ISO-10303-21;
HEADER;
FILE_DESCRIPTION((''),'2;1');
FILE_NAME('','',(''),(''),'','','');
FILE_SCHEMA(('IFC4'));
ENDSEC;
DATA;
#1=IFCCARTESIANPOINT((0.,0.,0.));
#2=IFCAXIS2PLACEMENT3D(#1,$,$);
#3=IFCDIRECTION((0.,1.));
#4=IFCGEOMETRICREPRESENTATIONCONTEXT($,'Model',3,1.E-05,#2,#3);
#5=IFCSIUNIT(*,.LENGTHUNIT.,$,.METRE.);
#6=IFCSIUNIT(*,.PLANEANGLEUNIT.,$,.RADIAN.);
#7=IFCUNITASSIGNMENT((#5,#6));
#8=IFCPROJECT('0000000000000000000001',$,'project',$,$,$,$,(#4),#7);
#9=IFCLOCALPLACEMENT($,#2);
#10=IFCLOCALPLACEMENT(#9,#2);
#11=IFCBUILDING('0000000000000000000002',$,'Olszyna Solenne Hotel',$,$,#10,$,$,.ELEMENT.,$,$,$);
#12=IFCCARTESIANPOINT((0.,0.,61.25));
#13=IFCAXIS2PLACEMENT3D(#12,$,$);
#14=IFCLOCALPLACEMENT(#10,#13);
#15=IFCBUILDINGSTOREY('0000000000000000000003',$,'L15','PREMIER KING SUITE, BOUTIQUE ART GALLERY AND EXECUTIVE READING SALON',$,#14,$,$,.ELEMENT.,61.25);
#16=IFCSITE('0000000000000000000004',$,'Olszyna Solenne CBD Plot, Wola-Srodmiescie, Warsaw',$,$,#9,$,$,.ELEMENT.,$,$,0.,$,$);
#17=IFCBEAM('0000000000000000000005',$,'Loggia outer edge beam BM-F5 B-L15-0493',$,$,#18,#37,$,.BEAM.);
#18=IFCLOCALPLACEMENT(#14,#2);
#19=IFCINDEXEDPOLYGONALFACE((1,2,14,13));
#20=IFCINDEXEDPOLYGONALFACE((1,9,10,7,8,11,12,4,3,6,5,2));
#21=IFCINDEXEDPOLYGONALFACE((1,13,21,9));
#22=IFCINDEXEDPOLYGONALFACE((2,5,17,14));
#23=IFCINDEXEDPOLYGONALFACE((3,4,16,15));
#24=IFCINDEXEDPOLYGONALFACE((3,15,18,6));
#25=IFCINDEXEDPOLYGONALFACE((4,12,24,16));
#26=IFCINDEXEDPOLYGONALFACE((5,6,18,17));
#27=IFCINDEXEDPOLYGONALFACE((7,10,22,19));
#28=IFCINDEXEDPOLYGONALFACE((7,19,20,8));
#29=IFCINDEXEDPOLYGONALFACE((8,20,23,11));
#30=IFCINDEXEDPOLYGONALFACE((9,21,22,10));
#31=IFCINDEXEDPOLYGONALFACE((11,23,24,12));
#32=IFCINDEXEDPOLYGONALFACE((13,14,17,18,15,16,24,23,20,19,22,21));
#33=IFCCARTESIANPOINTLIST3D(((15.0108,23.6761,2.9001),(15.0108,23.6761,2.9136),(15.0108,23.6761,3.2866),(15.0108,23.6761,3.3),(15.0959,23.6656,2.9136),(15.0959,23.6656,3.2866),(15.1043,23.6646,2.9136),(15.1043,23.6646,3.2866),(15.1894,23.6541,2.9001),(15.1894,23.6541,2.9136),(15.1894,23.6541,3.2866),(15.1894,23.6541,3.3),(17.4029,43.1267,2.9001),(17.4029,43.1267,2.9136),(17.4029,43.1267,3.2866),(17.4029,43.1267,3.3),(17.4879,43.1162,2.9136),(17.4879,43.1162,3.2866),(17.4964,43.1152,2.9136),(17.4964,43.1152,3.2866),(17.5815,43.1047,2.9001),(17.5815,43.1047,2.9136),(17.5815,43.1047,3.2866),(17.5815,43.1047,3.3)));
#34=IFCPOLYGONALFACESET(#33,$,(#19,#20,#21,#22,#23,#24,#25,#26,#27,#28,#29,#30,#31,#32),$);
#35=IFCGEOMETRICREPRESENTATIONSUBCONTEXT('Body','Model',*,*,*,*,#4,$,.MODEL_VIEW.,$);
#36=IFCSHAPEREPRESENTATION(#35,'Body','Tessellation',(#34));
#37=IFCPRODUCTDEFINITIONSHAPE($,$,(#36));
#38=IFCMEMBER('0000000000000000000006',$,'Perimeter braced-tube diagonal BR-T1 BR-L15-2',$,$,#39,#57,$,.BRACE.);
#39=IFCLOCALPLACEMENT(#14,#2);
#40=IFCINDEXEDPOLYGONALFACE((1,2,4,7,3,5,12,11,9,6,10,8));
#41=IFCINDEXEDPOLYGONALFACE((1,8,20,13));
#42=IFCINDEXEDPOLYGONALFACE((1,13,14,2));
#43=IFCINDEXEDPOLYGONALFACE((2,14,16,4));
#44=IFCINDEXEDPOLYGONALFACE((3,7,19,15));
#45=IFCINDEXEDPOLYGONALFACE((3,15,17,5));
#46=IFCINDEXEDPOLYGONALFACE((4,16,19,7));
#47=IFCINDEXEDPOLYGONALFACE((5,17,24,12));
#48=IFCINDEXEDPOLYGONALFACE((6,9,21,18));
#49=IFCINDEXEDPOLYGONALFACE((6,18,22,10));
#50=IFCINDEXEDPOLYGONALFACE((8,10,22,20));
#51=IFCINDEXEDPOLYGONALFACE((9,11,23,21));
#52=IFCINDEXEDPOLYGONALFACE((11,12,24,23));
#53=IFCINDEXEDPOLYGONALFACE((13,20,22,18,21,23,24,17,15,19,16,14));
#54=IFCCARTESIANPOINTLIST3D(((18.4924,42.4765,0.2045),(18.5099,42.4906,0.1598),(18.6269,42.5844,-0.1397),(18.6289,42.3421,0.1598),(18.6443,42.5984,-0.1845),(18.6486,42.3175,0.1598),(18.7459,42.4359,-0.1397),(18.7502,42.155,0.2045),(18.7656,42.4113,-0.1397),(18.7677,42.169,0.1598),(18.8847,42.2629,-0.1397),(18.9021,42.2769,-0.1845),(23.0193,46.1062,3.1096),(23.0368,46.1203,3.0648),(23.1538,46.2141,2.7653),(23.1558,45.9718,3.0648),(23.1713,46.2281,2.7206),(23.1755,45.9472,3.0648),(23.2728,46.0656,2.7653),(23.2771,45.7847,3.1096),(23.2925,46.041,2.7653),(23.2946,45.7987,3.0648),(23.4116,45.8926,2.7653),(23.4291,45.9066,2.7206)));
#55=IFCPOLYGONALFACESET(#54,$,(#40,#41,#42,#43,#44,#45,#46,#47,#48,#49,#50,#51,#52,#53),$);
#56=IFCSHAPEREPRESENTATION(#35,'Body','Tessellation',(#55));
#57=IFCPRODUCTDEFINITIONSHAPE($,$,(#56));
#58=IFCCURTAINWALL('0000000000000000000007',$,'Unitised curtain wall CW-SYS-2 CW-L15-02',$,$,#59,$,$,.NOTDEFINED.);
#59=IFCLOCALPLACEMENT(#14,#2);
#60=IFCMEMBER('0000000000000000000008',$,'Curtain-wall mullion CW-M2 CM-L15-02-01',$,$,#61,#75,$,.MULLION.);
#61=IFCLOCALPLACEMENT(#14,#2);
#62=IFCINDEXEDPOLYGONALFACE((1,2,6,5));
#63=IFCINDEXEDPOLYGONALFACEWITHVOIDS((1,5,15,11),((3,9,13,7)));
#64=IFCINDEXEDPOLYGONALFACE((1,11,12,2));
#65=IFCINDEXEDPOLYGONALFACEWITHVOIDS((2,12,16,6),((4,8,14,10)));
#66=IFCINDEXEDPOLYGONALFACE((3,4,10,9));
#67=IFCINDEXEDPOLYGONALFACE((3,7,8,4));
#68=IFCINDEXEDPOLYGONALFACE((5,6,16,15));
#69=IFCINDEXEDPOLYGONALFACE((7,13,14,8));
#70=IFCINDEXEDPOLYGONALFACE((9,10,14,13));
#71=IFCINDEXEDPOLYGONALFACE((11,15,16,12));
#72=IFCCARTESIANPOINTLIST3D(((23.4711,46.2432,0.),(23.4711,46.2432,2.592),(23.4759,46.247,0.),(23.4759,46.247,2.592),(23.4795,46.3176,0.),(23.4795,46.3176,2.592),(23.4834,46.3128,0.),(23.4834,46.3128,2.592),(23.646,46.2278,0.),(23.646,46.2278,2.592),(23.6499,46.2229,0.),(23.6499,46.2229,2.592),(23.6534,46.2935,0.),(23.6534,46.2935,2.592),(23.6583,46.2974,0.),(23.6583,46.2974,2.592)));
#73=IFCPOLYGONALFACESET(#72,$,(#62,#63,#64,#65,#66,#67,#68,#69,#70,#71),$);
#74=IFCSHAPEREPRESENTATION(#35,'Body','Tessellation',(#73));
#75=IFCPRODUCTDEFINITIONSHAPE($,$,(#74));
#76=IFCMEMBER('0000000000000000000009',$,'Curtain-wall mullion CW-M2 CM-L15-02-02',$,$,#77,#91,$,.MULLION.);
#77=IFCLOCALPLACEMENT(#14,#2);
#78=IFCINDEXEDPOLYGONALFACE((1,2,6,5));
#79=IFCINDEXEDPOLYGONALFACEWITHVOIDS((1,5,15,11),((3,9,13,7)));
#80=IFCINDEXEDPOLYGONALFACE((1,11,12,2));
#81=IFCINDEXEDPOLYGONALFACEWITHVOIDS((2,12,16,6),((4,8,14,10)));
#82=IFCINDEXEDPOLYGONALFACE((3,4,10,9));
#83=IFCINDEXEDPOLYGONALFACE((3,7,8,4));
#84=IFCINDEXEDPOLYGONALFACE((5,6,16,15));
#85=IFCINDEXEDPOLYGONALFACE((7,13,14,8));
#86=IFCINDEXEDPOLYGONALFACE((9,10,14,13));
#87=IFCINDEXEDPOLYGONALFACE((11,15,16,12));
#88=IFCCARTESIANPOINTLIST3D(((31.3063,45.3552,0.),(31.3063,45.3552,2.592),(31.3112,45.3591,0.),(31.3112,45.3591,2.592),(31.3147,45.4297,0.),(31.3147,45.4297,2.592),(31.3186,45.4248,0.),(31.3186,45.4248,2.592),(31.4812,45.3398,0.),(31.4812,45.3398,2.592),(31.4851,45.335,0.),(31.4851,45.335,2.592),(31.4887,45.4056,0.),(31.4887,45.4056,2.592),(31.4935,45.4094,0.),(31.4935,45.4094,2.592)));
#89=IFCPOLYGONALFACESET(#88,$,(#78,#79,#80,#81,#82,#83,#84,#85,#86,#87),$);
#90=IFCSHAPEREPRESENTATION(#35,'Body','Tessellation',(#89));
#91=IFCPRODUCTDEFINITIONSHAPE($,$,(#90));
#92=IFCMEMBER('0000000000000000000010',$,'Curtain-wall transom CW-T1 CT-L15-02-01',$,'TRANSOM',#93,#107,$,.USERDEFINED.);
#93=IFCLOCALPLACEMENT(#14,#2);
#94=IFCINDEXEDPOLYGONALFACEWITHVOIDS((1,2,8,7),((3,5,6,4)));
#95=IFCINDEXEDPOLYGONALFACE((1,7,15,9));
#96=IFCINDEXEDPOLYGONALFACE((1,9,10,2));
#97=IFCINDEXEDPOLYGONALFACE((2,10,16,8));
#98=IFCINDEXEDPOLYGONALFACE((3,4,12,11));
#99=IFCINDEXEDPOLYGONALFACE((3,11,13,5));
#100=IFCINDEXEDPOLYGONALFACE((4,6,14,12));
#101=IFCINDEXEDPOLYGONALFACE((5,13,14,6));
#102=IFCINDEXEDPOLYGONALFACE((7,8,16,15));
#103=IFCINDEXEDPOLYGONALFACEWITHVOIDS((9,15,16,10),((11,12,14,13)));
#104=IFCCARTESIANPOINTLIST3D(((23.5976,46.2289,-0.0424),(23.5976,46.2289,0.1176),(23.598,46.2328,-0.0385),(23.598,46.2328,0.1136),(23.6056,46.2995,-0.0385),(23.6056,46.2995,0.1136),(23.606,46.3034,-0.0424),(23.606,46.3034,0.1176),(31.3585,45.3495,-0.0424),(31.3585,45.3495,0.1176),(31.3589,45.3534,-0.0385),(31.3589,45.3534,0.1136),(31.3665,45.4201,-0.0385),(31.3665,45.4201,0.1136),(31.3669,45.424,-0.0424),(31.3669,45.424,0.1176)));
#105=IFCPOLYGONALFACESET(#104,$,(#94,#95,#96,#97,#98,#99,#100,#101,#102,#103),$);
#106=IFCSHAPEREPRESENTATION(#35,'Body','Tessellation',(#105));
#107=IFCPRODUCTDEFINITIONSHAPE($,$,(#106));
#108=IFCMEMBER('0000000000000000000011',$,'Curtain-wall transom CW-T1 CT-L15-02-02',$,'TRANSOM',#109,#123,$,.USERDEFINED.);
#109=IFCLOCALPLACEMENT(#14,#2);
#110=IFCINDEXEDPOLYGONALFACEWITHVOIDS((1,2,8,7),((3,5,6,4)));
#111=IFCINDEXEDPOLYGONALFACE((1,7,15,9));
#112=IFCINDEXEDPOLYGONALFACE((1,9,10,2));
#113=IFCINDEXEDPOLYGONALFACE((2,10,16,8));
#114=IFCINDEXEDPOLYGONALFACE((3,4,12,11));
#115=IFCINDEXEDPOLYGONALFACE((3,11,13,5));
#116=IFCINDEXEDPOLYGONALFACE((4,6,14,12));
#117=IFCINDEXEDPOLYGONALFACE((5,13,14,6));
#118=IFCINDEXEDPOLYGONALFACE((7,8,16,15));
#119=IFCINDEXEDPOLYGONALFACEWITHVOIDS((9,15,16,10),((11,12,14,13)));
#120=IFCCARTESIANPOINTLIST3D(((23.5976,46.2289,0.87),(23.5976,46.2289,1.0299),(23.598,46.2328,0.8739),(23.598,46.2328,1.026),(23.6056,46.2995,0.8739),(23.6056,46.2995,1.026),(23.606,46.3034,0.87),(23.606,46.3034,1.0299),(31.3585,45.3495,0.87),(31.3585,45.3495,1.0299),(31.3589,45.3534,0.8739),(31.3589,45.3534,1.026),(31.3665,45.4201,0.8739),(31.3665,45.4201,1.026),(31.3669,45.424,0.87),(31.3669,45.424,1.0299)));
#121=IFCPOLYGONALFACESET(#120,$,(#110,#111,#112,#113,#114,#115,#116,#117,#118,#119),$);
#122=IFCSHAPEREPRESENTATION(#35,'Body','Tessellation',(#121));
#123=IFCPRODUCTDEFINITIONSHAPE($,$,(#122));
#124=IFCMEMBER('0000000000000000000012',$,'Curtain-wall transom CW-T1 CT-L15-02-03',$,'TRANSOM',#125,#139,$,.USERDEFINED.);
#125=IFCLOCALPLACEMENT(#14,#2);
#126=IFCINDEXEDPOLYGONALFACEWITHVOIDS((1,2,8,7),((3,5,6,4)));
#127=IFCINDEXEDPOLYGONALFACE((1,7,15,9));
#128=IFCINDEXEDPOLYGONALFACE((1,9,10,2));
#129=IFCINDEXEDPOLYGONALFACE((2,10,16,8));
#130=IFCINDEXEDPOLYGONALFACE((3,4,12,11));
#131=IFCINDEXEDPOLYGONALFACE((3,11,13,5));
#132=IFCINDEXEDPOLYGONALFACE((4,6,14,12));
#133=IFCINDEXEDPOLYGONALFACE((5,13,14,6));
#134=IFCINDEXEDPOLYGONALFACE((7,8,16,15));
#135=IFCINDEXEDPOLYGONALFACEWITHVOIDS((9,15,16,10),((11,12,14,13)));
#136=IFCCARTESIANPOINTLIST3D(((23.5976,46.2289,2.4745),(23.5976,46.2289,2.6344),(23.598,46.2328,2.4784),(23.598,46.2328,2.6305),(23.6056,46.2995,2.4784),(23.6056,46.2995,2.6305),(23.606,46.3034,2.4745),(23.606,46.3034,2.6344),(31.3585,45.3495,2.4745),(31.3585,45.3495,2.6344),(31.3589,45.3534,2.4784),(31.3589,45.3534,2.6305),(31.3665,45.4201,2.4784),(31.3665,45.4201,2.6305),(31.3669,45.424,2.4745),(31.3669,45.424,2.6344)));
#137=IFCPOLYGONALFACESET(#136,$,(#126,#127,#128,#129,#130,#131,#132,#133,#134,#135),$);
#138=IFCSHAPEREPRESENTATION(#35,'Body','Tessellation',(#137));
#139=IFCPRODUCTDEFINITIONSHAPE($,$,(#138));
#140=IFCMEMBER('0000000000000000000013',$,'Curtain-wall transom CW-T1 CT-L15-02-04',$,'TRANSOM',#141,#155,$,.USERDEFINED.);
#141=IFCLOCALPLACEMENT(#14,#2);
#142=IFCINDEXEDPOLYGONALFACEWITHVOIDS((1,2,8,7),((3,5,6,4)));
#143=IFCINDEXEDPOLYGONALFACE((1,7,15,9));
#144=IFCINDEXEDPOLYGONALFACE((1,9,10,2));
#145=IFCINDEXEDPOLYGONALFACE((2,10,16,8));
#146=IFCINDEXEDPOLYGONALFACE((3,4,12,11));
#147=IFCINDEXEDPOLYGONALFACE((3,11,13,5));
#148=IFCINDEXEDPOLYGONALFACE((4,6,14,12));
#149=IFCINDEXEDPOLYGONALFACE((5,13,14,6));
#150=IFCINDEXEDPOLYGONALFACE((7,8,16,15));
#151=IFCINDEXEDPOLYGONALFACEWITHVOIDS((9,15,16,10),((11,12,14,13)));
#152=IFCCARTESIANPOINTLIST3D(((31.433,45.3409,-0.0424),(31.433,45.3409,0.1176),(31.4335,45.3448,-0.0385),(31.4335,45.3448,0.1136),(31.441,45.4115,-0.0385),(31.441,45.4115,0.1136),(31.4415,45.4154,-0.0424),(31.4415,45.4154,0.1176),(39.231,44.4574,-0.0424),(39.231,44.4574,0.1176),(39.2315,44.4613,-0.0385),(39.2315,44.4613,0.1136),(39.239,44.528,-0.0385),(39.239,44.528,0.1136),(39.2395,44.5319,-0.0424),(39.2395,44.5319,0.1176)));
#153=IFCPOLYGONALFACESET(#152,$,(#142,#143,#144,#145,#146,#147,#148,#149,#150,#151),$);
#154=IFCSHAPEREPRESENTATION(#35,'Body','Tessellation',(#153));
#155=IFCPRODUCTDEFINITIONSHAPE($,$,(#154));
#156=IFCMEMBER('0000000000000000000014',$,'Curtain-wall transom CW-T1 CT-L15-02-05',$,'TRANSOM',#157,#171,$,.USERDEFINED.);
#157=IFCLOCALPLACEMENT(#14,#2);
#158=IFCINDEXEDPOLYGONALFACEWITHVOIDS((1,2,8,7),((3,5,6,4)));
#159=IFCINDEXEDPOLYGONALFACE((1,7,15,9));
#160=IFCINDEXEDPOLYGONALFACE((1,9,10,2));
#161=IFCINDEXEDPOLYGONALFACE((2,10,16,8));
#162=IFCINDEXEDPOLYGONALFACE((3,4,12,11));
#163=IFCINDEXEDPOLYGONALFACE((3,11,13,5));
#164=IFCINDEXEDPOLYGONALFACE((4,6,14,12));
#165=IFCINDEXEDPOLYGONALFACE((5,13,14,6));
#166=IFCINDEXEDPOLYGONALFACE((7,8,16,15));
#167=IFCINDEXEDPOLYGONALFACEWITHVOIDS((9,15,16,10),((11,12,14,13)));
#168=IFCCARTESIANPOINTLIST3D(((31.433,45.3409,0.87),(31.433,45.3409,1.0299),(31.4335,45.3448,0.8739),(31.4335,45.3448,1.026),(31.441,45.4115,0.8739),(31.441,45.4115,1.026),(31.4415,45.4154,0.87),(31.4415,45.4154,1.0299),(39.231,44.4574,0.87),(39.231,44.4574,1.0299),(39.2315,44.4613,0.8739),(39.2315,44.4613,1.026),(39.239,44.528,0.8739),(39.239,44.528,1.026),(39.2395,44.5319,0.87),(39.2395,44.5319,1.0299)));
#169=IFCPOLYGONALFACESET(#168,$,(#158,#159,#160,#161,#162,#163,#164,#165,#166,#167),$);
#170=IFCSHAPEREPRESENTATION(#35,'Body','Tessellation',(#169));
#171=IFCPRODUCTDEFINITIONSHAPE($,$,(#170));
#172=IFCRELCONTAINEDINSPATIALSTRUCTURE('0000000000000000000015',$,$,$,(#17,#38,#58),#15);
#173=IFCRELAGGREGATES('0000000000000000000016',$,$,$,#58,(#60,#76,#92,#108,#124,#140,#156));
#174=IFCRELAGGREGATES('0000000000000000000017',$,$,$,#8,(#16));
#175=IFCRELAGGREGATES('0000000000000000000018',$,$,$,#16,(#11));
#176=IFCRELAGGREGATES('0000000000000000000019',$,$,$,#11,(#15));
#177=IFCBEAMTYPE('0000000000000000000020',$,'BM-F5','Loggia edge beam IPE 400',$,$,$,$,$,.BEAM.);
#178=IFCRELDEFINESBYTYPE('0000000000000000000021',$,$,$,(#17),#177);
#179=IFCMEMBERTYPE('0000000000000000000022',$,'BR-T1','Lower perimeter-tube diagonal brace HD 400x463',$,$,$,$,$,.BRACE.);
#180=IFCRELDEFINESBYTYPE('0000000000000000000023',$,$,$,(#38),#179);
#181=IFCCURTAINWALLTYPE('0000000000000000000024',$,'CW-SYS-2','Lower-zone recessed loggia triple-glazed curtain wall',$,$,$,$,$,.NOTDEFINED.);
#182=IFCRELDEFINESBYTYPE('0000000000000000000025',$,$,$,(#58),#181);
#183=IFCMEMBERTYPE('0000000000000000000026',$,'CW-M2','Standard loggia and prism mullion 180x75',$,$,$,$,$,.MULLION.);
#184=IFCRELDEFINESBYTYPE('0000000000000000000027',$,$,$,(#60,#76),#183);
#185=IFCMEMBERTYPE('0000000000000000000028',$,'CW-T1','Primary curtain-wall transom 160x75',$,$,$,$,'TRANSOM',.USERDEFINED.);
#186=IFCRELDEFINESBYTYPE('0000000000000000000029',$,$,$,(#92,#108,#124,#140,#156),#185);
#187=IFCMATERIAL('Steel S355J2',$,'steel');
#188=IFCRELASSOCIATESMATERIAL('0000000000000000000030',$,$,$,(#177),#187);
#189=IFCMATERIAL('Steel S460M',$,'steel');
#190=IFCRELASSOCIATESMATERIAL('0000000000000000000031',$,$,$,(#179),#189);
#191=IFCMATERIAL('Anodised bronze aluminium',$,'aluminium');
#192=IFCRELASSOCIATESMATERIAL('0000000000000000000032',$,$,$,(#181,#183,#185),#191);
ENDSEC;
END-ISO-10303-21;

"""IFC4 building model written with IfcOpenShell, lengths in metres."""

from ifc_helpers import new_model, si_unit, direction, frame, origin, origin_2d, place, context, subcontext, project, spatial, hollow_rectangle, i_section, extrude, source, transform, mapped, material, material_profile, profile_set, type_object, element, aggregate, save


model = new_model("IFC4")

# Units and contexts
model_context = context("Model", 3, precision=1e-05, world=origin(), true_north=direction((0.0, 1.0)))
body_context = subcontext(model_context, "Body", "Model", "MODEL_VIEW")
ifc_project = project(units=[si_unit("LENGTHUNIT", "METRE"), si_unit("PLANEANGLEUNIT", "RADIAN")], contexts=[model_context])

# Site, building, storey
site_placement = place(None, origin())
site = spatial("IfcSite", under=ifc_project, at=site_placement, Name="Olszyna Solenne CBD Plot, Wola-Srodmiescie, Warsaw", CompositionType="ELEMENT", RefElevation=0.0)
building_placement = place(site_placement, origin())
building = spatial("IfcBuilding", under=site, at=building_placement, Name="Olszyna Solenne Hotel", CompositionType="ELEMENT")
storey_placement = place(building_placement, frame((0.0, 0.0, 61.25)))
storey = spatial("IfcBuildingStorey", under=building, at=storey_placement, Name="L15", Description="PREMIER KING SUITE, BOUTIQUE ART GALLERY AND EXECUTIVE READING SALON", CompositionType="ELEMENT", Elevation=61.25)

# Shared definitions
ifc_material_1 = material(Name="Steel S460M", Category="steel")

# Beam
ifc_material_2 = material(Name="Steel S355J2", Category="steel")
ifc_material_profile_1 = material_profile(ifc_material_2, i_section(OverallWidth=0.1799, OverallDepth=0.3999, WebThickness=0.0085, FlangeThickness=0.0134, at=origin_2d()), Name="IPE 400", Category="load-bearing")
ifc_profile_set_1 = profile_set([ifc_material_profile_1], Name="Steel S355J2")
beam_type_1 = type_object("IfcBeamType", Name="BM-F5", Description="Loggia edge beam IPE 400", PredefinedType="BEAM", material=ifc_profile_set_1)
shared_shape_1 = source(origin(), body_context, "Body", "SweptSolid", [
    extrude(i_section(OverallWidth=0.1799, OverallDepth=0.3999, WebThickness=0.0085, FlangeThickness=0.0134, at=origin_2d()), origin(), (0.0, 0.0, 1.0), 19.5972),
])
beam_1_placement = place(storey_placement, frame((17.4922, 43.1157, 3.1001), z_axis=(-0.122063, -0.992522, 0.0), x_axis=(0.992522, -0.122063, 0.0)))
element("IfcBeam", 1, at=beam_1_placement, inside=storey, type_object=beam_type_1, Name="Loggia outer edge beam BM-F5 B-L15-0493", PredefinedType="BEAM", context=body_context, shape_type="MappedRepresentation", body=[
    mapped(shared_shape_1, transform((0.0, 0.0, 0.0), x_axis=(1.0, 0.0, 0.0), y_axis=(0.0, 1.0, 0.0), z_axis=(0.0, 0.0, 1.0), scale=1.0)),
])

# Member
ifc_material_profile_2 = material_profile(ifc_material_1, i_section(OverallWidth=0.4121, OverallDepth=0.4351, WebThickness=0.0315, FlangeThickness=0.05, at=origin_2d()), Name="HD 400x463", Category="load-bearing")
ifc_profile_set_2 = profile_set([ifc_material_profile_2], Name="Steel S460M")
member_type_1 = type_object("IfcMemberType", Name="BR-T1", Description="Lower perimeter-tube diagonal brace HD 400x463", PredefinedType="BRACE", material=ifc_profile_set_2)
shared_shape_2 = source(origin(), body_context, "Body", "SweptSolid", [
    extrude(i_section(OverallWidth=0.4121, OverallDepth=0.4351, WebThickness=0.0315, FlangeThickness=0.05, at=origin_2d()), origin(), (0.0, 0.0, 1.0), 6.489),
])
member_1_placement = place(storey_placement, frame((18.6973, 42.3767, 0.01), z_axis=(0.69763, 0.559361, 0.447692), x_axis=(-0.625552, 0.780183, 0.0)))
element("IfcMember", 2, at=member_1_placement, inside=storey, type_object=member_type_1, Name="Perimeter braced-tube diagonal BR-T1 BR-L15-2", PredefinedType="BRACE", context=body_context, shape_type="MappedRepresentation", body=[
    mapped(shared_shape_2, transform((0.0, 0.0, 0.0), x_axis=(1.0, 0.0, 0.0), y_axis=(0.0, 1.0, 0.0), z_axis=(0.0, 0.0, 1.0), scale=1.0)),
])

# Curtain wall, members
ifc_material_3 = material(Name="Anodised bronze aluminium", Category="aluminium")
curtain_wall_type = type_object("IfcCurtainWallType", Name="CW-SYS-2", Description="Lower-zone recessed loggia triple-glazed curtain wall", PredefinedType="NOTDEFINED", material=ifc_material_3)
curtain_wall_placement = place(storey_placement, origin())
curtain_wall = element("IfcCurtainWall", 3, at=curtain_wall_placement, inside=storey, type_object=curtain_wall_type, Name="Unitised curtain wall CW-SYS-2 CW-L15-02", PredefinedType="NOTDEFINED")
ifc_material_profile_3 = material_profile(ifc_material_3, hollow_rectangle(XDim=0.075, YDim=0.1799, WallThickness=0.0044, at=origin_2d()), Name="MULL 180x75x4.5", Category="load-bearing")
ifc_profile_set_3 = profile_set([ifc_material_profile_3], Name="Anodised bronze aluminium")
member_type_2 = type_object("IfcMemberType", Name="CW-M2", Description="Standard loggia and prism mullion 180x75", PredefinedType="MULLION", material=ifc_profile_set_3)
shared_shape_3 = source(origin(), body_context, "Body", "SweptSolid", [
    extrude(hollow_rectangle(XDim=0.075, YDim=0.1799, WallThickness=0.0044, at=origin_2d()), origin(), (0.0, 0.0, 1.0), 2.592),
])
member_2_placement = place(storey_placement, frame((23.5647, 46.2703, 0.0), z_axis=(0.0, 0.0, 1.0), x_axis=(0.112597, 0.993641, 0.0)))
member_2 = element("IfcMember", 4, at=member_2_placement, type_object=member_type_2, Name="Curtain-wall mullion CW-M2 CM-L15-02-01", PredefinedType="MULLION", context=body_context, shape_type="MappedRepresentation", body=[
    mapped(shared_shape_3, transform((0.0, 0.0, 0.0), x_axis=(1.0, 0.0, 0.0), y_axis=(0.0, 1.0, 0.0), z_axis=(0.0, 0.0, 1.0), scale=1.0)),
])
member_3_placement = place(storey_placement, frame((31.3999, 45.3823, 0.0), z_axis=(0.0, 0.0, 1.0), x_axis=(0.112597, 0.993641, 0.0)))
member_3 = element("IfcMember", 5, at=member_3_placement, type_object=member_type_2, Name="Curtain-wall mullion CW-M2 CM-L15-02-02", PredefinedType="MULLION", context=body_context, shape_type="MappedRepresentation", body=[
    mapped(shared_shape_3, transform((0.0, 0.0, 0.0), x_axis=(1.0, 0.0, 0.0), y_axis=(0.0, 1.0, 0.0), z_axis=(0.0, 0.0, 1.0), scale=1.0)),
])
ifc_material_profile_4 = material_profile(ifc_material_3, hollow_rectangle(XDim=0.075, YDim=0.1599, WallThickness=0.0039, at=origin_2d()), Name="TRAN 160x75x4", Category="load-bearing")
ifc_profile_set_4 = profile_set([ifc_material_profile_4], Name="Anodised bronze aluminium")
member_type_3 = type_object("IfcMemberType", Name="CW-T1", Description="Primary curtain-wall transom 160x75", ElementType="TRANSOM", PredefinedType="USERDEFINED", material=ifc_profile_set_4)
shared_shape_4 = source(origin(), body_context, "Body", "SweptSolid", [
    extrude(hollow_rectangle(XDim=0.075, YDim=0.1599, WallThickness=0.0039, at=origin_2d()), origin(), (0.0, 0.0, 1.0), 7.8105),
])
member_4_placement = place(storey_placement, frame((23.6018, 46.2661, 0.0376), z_axis=(0.993642, -0.112589, 0.0), x_axis=(0.112589, 0.993642, 0.0)))
member_4 = element("IfcMember", 6, at=member_4_placement, type_object=member_type_3, Name="Curtain-wall transom CW-T1 CT-L15-02-01", ObjectType="TRANSOM", PredefinedType="USERDEFINED", context=body_context, shape_type="MappedRepresentation", body=[
    mapped(shared_shape_4, transform((0.0, 0.0, 0.0), x_axis=(1.0, 0.0, 0.0), y_axis=(0.0, 1.0, 0.0), z_axis=(0.0, 0.0, 1.0), scale=1.0)),
])
member_5_placement = place(storey_placement, frame((23.6018, 46.2661, 0.95), z_axis=(0.993642, -0.112589, 0.0), x_axis=(0.112589, 0.993642, 0.0)))
member_5 = element("IfcMember", 7, at=member_5_placement, type_object=member_type_3, Name="Curtain-wall transom CW-T1 CT-L15-02-02", ObjectType="TRANSOM", PredefinedType="USERDEFINED", context=body_context, shape_type="MappedRepresentation", body=[
    mapped(shared_shape_4, transform((0.0, 0.0, 0.0), x_axis=(1.0, 0.0, 0.0), y_axis=(0.0, 1.0, 0.0), z_axis=(0.0, 0.0, 1.0), scale=1.0)),
])
member_6_placement = place(storey_placement, frame((23.6018, 46.2661, 2.5544), z_axis=(0.993642, -0.112589, 0.0), x_axis=(0.112589, 0.993642, 0.0)))
member_6 = element("IfcMember", 8, at=member_6_placement, type_object=member_type_3, Name="Curtain-wall transom CW-T1 CT-L15-02-03", ObjectType="TRANSOM", PredefinedType="USERDEFINED", context=body_context, shape_type="MappedRepresentation", body=[
    mapped(shared_shape_4, transform((0.0, 0.0, 0.0), x_axis=(1.0, 0.0, 0.0), y_axis=(0.0, 1.0, 0.0), z_axis=(0.0, 0.0, 1.0), scale=1.0)),
])
shared_shape_5 = source(origin(), body_context, "Body", "SweptSolid", [
    extrude(hollow_rectangle(XDim=0.075, YDim=0.1599, WallThickness=0.0039, at=origin_2d()), origin(), (0.0, 0.0, 1.0), 7.8479),
])
member_7_placement = place(storey_placement, frame((31.4373, 45.3782, 0.0376), z_axis=(0.993642, -0.112582, 0.0), x_axis=(0.112582, 0.993642, 0.0)))
member_7 = element("IfcMember", 9, at=member_7_placement, type_object=member_type_3, Name="Curtain-wall transom CW-T1 CT-L15-02-04", ObjectType="TRANSOM", PredefinedType="USERDEFINED", context=body_context, shape_type="MappedRepresentation", body=[
    mapped(shared_shape_5, transform((0.0, 0.0, 0.0), x_axis=(1.0, 0.0, 0.0), y_axis=(0.0, 1.0, 0.0), z_axis=(0.0, 0.0, 1.0), scale=1.0)),
])
member_8_placement = place(storey_placement, frame((31.4373, 45.3782, 0.95), z_axis=(0.993642, -0.112582, 0.0), x_axis=(0.112582, 0.993642, 0.0)))
member_8 = element("IfcMember", 10, at=member_8_placement, type_object=member_type_3, Name="Curtain-wall transom CW-T1 CT-L15-02-05", ObjectType="TRANSOM", PredefinedType="USERDEFINED", context=body_context, shape_type="MappedRepresentation", body=[
    mapped(shared_shape_5, transform((0.0, 0.0, 0.0), x_axis=(1.0, 0.0, 0.0), y_axis=(0.0, 1.0, 0.0), z_axis=(0.0, 0.0, 1.0), scale=1.0)),
])

aggregate(curtain_wall, [member_2, member_3, member_4, member_5, member_6, member_7, member_8])

save(model, "model.ifc")
